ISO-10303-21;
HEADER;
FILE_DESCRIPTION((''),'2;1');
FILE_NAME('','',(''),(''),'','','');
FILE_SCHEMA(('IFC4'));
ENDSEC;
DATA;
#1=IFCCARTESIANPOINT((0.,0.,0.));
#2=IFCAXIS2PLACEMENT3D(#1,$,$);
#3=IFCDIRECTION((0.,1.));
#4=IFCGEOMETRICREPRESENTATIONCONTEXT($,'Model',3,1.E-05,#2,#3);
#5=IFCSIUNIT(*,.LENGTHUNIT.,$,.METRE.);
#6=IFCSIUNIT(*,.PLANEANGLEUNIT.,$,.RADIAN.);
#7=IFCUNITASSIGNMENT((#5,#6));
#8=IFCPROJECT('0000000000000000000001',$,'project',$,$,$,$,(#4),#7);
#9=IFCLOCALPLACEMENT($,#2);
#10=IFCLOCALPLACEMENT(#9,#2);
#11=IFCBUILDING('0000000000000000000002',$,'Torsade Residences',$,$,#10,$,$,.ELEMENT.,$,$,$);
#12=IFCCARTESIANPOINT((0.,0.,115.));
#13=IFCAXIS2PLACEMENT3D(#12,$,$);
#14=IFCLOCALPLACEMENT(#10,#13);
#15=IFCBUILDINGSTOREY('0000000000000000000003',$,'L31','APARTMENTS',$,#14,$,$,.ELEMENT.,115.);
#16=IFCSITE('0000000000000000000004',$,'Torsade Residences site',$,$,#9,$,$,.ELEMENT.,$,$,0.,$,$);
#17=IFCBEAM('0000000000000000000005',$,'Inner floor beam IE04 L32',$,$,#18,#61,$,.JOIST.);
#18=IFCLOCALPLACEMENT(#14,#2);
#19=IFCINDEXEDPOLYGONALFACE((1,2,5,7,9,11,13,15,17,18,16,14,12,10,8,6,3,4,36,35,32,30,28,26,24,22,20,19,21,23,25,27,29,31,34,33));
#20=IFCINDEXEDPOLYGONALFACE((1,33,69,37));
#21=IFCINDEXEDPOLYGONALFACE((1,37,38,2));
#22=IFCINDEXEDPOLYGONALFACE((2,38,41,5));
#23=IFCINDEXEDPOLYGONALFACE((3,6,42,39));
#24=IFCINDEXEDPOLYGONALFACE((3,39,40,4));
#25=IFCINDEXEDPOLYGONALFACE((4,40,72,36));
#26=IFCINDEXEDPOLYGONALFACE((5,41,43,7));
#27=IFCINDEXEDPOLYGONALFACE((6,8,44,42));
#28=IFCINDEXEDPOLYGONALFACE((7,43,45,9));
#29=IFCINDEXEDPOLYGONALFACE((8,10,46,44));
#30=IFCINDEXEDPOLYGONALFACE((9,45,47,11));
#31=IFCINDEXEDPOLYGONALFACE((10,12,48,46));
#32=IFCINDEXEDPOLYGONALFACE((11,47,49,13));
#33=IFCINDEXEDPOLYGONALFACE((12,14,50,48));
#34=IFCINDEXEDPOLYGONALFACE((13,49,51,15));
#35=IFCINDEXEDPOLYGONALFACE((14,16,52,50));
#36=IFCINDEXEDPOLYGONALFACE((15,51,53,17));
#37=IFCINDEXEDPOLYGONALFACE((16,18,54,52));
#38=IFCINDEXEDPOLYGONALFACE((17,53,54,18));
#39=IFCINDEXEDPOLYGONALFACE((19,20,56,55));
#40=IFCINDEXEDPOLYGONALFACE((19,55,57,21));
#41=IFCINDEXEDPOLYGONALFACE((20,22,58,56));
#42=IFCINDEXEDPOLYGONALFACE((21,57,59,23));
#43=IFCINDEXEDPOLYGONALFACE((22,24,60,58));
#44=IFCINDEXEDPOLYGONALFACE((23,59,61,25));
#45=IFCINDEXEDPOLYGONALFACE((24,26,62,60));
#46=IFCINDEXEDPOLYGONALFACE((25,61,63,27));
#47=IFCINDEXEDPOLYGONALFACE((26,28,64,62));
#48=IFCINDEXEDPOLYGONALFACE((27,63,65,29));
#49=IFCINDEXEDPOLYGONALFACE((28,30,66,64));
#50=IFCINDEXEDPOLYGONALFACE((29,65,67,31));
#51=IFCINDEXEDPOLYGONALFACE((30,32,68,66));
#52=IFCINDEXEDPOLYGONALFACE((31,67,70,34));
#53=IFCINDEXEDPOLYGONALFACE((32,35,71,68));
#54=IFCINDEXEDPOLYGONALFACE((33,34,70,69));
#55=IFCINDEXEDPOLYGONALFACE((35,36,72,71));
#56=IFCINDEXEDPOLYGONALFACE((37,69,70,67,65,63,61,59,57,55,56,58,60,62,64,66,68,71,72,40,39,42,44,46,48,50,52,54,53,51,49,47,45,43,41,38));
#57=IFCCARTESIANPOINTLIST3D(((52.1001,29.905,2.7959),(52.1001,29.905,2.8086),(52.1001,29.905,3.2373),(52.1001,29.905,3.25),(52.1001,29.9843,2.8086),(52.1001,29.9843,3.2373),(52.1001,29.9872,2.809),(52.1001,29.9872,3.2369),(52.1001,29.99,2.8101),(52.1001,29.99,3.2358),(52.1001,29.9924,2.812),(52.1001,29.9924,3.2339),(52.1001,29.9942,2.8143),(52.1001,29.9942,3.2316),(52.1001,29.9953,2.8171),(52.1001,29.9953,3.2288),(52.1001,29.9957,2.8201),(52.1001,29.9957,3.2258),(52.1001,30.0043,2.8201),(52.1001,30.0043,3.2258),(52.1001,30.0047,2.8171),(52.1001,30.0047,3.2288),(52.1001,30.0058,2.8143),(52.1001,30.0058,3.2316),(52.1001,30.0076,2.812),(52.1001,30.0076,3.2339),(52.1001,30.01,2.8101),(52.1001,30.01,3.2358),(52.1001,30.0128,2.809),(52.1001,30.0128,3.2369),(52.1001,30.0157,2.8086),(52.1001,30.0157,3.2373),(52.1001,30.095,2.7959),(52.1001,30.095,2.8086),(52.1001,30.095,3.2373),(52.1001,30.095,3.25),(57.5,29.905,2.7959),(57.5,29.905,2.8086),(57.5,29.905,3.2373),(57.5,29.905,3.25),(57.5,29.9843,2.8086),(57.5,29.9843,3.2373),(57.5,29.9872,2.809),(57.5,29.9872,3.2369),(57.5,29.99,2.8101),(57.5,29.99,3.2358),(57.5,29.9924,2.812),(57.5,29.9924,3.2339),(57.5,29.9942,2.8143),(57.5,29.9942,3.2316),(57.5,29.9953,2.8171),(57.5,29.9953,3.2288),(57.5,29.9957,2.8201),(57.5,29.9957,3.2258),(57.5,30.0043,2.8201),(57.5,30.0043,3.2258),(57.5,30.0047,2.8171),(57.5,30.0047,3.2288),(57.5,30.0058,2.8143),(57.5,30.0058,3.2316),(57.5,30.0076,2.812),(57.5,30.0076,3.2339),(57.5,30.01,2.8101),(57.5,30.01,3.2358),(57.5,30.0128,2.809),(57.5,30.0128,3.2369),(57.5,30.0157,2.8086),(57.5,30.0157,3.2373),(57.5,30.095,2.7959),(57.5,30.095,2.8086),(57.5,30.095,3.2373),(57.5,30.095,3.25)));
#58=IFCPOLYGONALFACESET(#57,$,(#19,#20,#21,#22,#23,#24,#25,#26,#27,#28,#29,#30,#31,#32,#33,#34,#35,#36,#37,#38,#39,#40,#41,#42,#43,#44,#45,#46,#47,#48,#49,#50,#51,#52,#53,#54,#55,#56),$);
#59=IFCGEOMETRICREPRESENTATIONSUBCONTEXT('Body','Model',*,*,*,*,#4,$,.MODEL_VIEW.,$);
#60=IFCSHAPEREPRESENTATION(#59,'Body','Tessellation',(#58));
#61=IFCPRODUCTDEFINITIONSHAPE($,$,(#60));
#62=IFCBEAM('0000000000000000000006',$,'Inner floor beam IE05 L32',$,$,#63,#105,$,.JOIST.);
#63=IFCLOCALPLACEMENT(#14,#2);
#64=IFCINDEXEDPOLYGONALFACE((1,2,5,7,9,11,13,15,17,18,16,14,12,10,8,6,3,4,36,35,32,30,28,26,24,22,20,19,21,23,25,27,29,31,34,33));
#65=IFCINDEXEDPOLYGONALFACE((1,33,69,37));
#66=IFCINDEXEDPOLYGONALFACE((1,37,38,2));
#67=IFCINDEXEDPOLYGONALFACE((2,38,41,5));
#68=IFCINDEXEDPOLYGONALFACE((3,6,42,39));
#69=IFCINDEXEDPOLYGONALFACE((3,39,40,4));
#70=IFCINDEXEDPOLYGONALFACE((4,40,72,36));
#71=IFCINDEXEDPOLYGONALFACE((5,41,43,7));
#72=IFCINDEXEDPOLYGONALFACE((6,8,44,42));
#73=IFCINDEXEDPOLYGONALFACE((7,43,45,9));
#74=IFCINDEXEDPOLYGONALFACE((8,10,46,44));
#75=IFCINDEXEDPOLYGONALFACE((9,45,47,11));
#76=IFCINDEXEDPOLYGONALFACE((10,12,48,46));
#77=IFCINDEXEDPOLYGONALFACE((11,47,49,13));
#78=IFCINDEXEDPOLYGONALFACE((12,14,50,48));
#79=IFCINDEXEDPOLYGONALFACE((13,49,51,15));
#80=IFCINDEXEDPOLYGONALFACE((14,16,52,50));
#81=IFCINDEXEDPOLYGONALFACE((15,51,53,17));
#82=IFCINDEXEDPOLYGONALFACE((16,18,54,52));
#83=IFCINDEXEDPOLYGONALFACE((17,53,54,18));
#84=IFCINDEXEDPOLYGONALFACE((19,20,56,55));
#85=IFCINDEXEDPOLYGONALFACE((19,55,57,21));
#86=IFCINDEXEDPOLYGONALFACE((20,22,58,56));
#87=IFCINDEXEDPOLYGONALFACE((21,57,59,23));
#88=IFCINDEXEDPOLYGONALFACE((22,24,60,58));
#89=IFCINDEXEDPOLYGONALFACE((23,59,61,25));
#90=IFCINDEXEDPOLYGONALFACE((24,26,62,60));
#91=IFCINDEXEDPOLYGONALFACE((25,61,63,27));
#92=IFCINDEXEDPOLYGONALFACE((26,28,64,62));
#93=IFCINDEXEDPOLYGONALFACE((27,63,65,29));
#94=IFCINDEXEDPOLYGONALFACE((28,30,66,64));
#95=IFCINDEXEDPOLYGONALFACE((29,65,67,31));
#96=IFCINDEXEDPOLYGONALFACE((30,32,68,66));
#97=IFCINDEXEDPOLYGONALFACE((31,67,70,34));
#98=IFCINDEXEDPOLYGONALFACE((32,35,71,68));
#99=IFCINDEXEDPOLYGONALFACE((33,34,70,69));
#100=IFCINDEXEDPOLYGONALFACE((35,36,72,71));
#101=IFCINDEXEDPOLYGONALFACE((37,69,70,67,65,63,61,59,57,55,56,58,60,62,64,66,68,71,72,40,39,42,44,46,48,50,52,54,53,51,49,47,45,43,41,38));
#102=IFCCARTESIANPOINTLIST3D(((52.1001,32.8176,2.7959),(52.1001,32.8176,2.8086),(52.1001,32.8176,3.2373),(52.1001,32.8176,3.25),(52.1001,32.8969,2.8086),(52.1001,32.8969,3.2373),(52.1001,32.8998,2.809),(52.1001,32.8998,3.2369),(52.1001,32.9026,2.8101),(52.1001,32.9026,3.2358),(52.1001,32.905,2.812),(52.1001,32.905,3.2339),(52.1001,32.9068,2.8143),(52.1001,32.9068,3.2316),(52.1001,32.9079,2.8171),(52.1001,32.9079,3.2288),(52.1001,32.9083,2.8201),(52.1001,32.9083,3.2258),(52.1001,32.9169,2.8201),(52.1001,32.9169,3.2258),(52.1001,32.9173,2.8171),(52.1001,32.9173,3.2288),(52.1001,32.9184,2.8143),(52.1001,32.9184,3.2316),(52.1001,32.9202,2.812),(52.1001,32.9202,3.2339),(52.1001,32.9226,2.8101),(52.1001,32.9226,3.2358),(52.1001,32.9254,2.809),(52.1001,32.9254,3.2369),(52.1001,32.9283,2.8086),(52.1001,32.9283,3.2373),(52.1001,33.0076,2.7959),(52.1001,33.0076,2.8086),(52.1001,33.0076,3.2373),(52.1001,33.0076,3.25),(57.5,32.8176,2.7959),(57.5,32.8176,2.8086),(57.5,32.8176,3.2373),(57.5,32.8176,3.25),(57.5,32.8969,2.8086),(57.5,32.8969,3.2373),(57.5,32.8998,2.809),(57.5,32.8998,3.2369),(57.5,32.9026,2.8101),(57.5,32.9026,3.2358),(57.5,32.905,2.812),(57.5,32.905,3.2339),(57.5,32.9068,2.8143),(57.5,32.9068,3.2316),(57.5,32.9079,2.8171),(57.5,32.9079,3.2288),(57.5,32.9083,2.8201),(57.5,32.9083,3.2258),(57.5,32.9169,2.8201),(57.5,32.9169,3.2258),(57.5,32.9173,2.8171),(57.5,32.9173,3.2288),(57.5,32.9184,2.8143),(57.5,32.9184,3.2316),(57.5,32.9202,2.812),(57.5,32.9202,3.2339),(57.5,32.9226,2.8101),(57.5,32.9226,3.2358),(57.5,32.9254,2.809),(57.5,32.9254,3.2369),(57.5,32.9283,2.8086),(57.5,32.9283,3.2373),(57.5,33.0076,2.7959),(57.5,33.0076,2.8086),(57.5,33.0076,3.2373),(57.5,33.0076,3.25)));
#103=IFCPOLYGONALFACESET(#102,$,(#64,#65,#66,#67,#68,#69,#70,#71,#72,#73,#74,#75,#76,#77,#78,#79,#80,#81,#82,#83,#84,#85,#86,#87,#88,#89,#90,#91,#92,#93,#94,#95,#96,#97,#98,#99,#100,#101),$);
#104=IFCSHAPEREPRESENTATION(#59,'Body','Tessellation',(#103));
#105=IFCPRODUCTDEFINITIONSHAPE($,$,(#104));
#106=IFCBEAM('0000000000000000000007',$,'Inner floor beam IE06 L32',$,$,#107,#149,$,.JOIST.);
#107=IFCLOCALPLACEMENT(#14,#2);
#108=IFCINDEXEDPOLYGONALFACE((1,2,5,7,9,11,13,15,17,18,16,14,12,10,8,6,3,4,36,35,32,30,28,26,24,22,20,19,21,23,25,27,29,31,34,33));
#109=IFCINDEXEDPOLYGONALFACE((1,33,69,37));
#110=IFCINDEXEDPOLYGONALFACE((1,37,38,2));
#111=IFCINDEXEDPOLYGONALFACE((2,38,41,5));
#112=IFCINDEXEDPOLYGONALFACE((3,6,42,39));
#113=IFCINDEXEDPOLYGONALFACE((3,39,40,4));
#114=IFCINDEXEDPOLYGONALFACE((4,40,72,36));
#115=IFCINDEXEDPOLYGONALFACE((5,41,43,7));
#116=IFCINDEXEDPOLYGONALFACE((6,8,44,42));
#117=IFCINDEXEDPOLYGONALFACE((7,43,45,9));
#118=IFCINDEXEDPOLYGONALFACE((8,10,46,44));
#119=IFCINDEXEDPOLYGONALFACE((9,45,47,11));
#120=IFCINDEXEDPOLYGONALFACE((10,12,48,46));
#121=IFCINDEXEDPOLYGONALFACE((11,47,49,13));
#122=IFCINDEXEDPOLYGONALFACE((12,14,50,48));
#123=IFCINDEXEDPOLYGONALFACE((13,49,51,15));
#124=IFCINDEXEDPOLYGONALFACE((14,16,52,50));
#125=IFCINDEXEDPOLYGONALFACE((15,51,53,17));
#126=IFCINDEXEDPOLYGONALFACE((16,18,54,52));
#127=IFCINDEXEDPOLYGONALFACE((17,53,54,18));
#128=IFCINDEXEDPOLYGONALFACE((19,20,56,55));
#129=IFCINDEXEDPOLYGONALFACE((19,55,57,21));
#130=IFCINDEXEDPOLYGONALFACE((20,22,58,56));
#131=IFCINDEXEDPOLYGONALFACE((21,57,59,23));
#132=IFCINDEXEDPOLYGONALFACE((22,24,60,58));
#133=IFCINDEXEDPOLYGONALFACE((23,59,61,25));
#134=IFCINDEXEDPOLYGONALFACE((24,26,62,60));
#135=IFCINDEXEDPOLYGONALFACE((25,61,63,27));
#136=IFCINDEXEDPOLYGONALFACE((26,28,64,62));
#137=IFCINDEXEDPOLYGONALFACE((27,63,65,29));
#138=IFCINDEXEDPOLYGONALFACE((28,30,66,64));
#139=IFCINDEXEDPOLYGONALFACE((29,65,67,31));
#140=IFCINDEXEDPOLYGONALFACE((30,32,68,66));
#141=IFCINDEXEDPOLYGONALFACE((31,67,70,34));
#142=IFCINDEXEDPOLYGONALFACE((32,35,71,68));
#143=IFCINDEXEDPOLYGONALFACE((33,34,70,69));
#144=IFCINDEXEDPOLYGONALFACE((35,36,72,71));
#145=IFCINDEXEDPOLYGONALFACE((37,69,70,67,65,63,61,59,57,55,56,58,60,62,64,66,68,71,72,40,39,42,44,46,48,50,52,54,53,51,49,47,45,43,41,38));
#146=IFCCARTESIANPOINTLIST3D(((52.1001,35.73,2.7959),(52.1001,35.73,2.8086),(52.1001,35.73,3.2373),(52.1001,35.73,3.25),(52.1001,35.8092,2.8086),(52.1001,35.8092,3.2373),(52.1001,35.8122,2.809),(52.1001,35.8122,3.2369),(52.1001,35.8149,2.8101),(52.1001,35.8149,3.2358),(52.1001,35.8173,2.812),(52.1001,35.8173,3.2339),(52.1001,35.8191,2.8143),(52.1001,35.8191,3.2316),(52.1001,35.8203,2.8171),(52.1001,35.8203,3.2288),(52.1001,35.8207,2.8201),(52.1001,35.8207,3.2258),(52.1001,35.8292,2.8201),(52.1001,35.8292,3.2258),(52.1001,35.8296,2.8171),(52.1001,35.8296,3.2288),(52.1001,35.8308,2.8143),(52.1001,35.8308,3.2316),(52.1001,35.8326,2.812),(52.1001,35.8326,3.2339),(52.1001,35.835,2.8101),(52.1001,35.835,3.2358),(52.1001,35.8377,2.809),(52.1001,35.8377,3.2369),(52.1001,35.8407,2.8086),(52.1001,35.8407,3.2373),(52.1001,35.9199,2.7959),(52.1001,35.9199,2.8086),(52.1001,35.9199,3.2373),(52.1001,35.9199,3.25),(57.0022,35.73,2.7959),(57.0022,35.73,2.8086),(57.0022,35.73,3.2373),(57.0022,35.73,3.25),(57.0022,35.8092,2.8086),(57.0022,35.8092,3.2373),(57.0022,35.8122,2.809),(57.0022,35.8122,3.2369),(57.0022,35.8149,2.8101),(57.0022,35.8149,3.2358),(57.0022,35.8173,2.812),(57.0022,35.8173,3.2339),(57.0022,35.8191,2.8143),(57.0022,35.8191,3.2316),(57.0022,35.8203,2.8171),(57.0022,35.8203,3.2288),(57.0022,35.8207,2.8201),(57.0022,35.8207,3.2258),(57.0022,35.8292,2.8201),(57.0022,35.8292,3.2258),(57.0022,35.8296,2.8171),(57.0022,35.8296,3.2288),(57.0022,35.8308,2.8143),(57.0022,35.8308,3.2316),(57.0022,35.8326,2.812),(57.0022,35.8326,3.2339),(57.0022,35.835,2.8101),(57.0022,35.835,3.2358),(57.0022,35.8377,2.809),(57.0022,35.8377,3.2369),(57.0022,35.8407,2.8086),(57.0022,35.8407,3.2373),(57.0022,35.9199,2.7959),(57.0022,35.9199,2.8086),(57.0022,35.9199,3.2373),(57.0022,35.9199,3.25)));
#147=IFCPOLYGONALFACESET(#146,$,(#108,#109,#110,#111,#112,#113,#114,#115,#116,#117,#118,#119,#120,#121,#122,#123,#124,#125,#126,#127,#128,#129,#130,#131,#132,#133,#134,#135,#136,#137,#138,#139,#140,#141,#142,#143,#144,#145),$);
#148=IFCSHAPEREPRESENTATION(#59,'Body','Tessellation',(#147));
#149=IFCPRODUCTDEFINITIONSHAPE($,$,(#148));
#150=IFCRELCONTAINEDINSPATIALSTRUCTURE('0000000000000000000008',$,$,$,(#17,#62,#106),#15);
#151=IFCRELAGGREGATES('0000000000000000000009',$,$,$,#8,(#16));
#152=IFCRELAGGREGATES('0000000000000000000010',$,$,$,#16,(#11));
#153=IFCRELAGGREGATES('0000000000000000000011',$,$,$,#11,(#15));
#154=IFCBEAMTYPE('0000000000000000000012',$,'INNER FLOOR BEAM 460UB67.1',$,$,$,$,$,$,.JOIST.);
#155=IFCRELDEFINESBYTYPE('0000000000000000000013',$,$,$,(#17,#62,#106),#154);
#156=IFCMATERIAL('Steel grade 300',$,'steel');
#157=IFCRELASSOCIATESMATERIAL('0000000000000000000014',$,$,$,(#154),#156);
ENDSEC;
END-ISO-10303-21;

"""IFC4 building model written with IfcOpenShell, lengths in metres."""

from ifc_helpers import new_model, si_unit, direction, frame, origin, origin_2d, place, context, subcontext, project, spatial, i_section, extrude, material, material_profile, profile_set, type_object, element, save


model = new_model("IFC4")

# Units and contexts
model_context = context("Model", 3, precision=1e-05, world=origin(), true_north=direction((0.0, 1.0)))
body_context = subcontext(model_context, "Body", "Model", "MODEL_VIEW")
ifc_project = project(units=[si_unit("LENGTHUNIT", "METRE"), si_unit("PLANEANGLEUNIT", "RADIAN")], contexts=[model_context])

# Site, building, storey
site_placement = place(None, origin())
site = spatial("IfcSite", under=ifc_project, at=site_placement, Name="Torsade Residences site", CompositionType="ELEMENT", RefElevation=0.0)
building_placement = place(site_placement, origin())
building = spatial("IfcBuilding", under=site, at=building_placement, Name="Torsade Residences", CompositionType="ELEMENT")
storey_placement = place(building_placement, frame((0.0, 0.0, 115.0)))
storey = spatial("IfcBuildingStorey", under=building, at=storey_placement, Name="L31", Description="APARTMENTS", CompositionType="ELEMENT", Elevation=115.0)

# Beams
ifc_material_1 = material(Name="Steel grade 300", Category="steel")
ifc_material_profile = material_profile(ifc_material_1, i_section(OverallWidth=0.1899, OverallDepth=0.4541, WebThickness=0.0085, FlangeThickness=0.0127, FilletRadius=0.0115, at=origin_2d()), Name="460UB67.1")
ifc_profile_set = profile_set([ifc_material_profile], Name="Steel grade 300")
beam_type = type_object("IfcBeamType", Name="INNER FLOOR BEAM 460UB67.1", PredefinedType="JOIST", material=ifc_profile_set)
for number, where, z_axis, x_axis, name in (
    (1, (52.1001, 30.0, 3.0229), (1.0, 0.0, 0.0), (0.0, 1.0, 0.0), "Inner floor beam IE04 L32"),
    (2, (52.1001, 32.9126, 3.0229), (1.0, 0.0, 0.0), (0.0, 1.0, 0.0), "Inner floor beam IE05 L32"),
):
    element("IfcBeam", number, at=place(storey_placement, frame(where, z_axis=z_axis, x_axis=x_axis)), inside=storey, type_object=beam_type, Name=name, PredefinedType="JOIST", context=body_context, shape_type="SweptSolid", body=[
        extrude(i_section(OverallWidth=0.1899, OverallDepth=0.4541, WebThickness=0.0085, FlangeThickness=0.0127, FilletRadius=0.0115, at=origin_2d()), origin(), (0.0, 0.0, 1.0), 5.3999),
    ])
beam_placement = place(storey_placement, frame((52.1001, 35.825, 3.0229), z_axis=(1.0, 0.0, 0.0), x_axis=(0.0, 1.0, 0.0)))
element("IfcBeam", 3, at=beam_placement, inside=storey, type_object=beam_type, Name="Inner floor beam IE06 L32", PredefinedType="JOIST", context=body_context, shape_type="SweptSolid", body=[
    extrude(i_section(OverallWidth=0.1899, OverallDepth=0.4541, WebThickness=0.0085, FlangeThickness=0.0127, FilletRadius=0.0115, at=origin_2d()), origin(), (0.0, 0.0, 1.0), 4.9021),
])

save(model, "model.ifc")
